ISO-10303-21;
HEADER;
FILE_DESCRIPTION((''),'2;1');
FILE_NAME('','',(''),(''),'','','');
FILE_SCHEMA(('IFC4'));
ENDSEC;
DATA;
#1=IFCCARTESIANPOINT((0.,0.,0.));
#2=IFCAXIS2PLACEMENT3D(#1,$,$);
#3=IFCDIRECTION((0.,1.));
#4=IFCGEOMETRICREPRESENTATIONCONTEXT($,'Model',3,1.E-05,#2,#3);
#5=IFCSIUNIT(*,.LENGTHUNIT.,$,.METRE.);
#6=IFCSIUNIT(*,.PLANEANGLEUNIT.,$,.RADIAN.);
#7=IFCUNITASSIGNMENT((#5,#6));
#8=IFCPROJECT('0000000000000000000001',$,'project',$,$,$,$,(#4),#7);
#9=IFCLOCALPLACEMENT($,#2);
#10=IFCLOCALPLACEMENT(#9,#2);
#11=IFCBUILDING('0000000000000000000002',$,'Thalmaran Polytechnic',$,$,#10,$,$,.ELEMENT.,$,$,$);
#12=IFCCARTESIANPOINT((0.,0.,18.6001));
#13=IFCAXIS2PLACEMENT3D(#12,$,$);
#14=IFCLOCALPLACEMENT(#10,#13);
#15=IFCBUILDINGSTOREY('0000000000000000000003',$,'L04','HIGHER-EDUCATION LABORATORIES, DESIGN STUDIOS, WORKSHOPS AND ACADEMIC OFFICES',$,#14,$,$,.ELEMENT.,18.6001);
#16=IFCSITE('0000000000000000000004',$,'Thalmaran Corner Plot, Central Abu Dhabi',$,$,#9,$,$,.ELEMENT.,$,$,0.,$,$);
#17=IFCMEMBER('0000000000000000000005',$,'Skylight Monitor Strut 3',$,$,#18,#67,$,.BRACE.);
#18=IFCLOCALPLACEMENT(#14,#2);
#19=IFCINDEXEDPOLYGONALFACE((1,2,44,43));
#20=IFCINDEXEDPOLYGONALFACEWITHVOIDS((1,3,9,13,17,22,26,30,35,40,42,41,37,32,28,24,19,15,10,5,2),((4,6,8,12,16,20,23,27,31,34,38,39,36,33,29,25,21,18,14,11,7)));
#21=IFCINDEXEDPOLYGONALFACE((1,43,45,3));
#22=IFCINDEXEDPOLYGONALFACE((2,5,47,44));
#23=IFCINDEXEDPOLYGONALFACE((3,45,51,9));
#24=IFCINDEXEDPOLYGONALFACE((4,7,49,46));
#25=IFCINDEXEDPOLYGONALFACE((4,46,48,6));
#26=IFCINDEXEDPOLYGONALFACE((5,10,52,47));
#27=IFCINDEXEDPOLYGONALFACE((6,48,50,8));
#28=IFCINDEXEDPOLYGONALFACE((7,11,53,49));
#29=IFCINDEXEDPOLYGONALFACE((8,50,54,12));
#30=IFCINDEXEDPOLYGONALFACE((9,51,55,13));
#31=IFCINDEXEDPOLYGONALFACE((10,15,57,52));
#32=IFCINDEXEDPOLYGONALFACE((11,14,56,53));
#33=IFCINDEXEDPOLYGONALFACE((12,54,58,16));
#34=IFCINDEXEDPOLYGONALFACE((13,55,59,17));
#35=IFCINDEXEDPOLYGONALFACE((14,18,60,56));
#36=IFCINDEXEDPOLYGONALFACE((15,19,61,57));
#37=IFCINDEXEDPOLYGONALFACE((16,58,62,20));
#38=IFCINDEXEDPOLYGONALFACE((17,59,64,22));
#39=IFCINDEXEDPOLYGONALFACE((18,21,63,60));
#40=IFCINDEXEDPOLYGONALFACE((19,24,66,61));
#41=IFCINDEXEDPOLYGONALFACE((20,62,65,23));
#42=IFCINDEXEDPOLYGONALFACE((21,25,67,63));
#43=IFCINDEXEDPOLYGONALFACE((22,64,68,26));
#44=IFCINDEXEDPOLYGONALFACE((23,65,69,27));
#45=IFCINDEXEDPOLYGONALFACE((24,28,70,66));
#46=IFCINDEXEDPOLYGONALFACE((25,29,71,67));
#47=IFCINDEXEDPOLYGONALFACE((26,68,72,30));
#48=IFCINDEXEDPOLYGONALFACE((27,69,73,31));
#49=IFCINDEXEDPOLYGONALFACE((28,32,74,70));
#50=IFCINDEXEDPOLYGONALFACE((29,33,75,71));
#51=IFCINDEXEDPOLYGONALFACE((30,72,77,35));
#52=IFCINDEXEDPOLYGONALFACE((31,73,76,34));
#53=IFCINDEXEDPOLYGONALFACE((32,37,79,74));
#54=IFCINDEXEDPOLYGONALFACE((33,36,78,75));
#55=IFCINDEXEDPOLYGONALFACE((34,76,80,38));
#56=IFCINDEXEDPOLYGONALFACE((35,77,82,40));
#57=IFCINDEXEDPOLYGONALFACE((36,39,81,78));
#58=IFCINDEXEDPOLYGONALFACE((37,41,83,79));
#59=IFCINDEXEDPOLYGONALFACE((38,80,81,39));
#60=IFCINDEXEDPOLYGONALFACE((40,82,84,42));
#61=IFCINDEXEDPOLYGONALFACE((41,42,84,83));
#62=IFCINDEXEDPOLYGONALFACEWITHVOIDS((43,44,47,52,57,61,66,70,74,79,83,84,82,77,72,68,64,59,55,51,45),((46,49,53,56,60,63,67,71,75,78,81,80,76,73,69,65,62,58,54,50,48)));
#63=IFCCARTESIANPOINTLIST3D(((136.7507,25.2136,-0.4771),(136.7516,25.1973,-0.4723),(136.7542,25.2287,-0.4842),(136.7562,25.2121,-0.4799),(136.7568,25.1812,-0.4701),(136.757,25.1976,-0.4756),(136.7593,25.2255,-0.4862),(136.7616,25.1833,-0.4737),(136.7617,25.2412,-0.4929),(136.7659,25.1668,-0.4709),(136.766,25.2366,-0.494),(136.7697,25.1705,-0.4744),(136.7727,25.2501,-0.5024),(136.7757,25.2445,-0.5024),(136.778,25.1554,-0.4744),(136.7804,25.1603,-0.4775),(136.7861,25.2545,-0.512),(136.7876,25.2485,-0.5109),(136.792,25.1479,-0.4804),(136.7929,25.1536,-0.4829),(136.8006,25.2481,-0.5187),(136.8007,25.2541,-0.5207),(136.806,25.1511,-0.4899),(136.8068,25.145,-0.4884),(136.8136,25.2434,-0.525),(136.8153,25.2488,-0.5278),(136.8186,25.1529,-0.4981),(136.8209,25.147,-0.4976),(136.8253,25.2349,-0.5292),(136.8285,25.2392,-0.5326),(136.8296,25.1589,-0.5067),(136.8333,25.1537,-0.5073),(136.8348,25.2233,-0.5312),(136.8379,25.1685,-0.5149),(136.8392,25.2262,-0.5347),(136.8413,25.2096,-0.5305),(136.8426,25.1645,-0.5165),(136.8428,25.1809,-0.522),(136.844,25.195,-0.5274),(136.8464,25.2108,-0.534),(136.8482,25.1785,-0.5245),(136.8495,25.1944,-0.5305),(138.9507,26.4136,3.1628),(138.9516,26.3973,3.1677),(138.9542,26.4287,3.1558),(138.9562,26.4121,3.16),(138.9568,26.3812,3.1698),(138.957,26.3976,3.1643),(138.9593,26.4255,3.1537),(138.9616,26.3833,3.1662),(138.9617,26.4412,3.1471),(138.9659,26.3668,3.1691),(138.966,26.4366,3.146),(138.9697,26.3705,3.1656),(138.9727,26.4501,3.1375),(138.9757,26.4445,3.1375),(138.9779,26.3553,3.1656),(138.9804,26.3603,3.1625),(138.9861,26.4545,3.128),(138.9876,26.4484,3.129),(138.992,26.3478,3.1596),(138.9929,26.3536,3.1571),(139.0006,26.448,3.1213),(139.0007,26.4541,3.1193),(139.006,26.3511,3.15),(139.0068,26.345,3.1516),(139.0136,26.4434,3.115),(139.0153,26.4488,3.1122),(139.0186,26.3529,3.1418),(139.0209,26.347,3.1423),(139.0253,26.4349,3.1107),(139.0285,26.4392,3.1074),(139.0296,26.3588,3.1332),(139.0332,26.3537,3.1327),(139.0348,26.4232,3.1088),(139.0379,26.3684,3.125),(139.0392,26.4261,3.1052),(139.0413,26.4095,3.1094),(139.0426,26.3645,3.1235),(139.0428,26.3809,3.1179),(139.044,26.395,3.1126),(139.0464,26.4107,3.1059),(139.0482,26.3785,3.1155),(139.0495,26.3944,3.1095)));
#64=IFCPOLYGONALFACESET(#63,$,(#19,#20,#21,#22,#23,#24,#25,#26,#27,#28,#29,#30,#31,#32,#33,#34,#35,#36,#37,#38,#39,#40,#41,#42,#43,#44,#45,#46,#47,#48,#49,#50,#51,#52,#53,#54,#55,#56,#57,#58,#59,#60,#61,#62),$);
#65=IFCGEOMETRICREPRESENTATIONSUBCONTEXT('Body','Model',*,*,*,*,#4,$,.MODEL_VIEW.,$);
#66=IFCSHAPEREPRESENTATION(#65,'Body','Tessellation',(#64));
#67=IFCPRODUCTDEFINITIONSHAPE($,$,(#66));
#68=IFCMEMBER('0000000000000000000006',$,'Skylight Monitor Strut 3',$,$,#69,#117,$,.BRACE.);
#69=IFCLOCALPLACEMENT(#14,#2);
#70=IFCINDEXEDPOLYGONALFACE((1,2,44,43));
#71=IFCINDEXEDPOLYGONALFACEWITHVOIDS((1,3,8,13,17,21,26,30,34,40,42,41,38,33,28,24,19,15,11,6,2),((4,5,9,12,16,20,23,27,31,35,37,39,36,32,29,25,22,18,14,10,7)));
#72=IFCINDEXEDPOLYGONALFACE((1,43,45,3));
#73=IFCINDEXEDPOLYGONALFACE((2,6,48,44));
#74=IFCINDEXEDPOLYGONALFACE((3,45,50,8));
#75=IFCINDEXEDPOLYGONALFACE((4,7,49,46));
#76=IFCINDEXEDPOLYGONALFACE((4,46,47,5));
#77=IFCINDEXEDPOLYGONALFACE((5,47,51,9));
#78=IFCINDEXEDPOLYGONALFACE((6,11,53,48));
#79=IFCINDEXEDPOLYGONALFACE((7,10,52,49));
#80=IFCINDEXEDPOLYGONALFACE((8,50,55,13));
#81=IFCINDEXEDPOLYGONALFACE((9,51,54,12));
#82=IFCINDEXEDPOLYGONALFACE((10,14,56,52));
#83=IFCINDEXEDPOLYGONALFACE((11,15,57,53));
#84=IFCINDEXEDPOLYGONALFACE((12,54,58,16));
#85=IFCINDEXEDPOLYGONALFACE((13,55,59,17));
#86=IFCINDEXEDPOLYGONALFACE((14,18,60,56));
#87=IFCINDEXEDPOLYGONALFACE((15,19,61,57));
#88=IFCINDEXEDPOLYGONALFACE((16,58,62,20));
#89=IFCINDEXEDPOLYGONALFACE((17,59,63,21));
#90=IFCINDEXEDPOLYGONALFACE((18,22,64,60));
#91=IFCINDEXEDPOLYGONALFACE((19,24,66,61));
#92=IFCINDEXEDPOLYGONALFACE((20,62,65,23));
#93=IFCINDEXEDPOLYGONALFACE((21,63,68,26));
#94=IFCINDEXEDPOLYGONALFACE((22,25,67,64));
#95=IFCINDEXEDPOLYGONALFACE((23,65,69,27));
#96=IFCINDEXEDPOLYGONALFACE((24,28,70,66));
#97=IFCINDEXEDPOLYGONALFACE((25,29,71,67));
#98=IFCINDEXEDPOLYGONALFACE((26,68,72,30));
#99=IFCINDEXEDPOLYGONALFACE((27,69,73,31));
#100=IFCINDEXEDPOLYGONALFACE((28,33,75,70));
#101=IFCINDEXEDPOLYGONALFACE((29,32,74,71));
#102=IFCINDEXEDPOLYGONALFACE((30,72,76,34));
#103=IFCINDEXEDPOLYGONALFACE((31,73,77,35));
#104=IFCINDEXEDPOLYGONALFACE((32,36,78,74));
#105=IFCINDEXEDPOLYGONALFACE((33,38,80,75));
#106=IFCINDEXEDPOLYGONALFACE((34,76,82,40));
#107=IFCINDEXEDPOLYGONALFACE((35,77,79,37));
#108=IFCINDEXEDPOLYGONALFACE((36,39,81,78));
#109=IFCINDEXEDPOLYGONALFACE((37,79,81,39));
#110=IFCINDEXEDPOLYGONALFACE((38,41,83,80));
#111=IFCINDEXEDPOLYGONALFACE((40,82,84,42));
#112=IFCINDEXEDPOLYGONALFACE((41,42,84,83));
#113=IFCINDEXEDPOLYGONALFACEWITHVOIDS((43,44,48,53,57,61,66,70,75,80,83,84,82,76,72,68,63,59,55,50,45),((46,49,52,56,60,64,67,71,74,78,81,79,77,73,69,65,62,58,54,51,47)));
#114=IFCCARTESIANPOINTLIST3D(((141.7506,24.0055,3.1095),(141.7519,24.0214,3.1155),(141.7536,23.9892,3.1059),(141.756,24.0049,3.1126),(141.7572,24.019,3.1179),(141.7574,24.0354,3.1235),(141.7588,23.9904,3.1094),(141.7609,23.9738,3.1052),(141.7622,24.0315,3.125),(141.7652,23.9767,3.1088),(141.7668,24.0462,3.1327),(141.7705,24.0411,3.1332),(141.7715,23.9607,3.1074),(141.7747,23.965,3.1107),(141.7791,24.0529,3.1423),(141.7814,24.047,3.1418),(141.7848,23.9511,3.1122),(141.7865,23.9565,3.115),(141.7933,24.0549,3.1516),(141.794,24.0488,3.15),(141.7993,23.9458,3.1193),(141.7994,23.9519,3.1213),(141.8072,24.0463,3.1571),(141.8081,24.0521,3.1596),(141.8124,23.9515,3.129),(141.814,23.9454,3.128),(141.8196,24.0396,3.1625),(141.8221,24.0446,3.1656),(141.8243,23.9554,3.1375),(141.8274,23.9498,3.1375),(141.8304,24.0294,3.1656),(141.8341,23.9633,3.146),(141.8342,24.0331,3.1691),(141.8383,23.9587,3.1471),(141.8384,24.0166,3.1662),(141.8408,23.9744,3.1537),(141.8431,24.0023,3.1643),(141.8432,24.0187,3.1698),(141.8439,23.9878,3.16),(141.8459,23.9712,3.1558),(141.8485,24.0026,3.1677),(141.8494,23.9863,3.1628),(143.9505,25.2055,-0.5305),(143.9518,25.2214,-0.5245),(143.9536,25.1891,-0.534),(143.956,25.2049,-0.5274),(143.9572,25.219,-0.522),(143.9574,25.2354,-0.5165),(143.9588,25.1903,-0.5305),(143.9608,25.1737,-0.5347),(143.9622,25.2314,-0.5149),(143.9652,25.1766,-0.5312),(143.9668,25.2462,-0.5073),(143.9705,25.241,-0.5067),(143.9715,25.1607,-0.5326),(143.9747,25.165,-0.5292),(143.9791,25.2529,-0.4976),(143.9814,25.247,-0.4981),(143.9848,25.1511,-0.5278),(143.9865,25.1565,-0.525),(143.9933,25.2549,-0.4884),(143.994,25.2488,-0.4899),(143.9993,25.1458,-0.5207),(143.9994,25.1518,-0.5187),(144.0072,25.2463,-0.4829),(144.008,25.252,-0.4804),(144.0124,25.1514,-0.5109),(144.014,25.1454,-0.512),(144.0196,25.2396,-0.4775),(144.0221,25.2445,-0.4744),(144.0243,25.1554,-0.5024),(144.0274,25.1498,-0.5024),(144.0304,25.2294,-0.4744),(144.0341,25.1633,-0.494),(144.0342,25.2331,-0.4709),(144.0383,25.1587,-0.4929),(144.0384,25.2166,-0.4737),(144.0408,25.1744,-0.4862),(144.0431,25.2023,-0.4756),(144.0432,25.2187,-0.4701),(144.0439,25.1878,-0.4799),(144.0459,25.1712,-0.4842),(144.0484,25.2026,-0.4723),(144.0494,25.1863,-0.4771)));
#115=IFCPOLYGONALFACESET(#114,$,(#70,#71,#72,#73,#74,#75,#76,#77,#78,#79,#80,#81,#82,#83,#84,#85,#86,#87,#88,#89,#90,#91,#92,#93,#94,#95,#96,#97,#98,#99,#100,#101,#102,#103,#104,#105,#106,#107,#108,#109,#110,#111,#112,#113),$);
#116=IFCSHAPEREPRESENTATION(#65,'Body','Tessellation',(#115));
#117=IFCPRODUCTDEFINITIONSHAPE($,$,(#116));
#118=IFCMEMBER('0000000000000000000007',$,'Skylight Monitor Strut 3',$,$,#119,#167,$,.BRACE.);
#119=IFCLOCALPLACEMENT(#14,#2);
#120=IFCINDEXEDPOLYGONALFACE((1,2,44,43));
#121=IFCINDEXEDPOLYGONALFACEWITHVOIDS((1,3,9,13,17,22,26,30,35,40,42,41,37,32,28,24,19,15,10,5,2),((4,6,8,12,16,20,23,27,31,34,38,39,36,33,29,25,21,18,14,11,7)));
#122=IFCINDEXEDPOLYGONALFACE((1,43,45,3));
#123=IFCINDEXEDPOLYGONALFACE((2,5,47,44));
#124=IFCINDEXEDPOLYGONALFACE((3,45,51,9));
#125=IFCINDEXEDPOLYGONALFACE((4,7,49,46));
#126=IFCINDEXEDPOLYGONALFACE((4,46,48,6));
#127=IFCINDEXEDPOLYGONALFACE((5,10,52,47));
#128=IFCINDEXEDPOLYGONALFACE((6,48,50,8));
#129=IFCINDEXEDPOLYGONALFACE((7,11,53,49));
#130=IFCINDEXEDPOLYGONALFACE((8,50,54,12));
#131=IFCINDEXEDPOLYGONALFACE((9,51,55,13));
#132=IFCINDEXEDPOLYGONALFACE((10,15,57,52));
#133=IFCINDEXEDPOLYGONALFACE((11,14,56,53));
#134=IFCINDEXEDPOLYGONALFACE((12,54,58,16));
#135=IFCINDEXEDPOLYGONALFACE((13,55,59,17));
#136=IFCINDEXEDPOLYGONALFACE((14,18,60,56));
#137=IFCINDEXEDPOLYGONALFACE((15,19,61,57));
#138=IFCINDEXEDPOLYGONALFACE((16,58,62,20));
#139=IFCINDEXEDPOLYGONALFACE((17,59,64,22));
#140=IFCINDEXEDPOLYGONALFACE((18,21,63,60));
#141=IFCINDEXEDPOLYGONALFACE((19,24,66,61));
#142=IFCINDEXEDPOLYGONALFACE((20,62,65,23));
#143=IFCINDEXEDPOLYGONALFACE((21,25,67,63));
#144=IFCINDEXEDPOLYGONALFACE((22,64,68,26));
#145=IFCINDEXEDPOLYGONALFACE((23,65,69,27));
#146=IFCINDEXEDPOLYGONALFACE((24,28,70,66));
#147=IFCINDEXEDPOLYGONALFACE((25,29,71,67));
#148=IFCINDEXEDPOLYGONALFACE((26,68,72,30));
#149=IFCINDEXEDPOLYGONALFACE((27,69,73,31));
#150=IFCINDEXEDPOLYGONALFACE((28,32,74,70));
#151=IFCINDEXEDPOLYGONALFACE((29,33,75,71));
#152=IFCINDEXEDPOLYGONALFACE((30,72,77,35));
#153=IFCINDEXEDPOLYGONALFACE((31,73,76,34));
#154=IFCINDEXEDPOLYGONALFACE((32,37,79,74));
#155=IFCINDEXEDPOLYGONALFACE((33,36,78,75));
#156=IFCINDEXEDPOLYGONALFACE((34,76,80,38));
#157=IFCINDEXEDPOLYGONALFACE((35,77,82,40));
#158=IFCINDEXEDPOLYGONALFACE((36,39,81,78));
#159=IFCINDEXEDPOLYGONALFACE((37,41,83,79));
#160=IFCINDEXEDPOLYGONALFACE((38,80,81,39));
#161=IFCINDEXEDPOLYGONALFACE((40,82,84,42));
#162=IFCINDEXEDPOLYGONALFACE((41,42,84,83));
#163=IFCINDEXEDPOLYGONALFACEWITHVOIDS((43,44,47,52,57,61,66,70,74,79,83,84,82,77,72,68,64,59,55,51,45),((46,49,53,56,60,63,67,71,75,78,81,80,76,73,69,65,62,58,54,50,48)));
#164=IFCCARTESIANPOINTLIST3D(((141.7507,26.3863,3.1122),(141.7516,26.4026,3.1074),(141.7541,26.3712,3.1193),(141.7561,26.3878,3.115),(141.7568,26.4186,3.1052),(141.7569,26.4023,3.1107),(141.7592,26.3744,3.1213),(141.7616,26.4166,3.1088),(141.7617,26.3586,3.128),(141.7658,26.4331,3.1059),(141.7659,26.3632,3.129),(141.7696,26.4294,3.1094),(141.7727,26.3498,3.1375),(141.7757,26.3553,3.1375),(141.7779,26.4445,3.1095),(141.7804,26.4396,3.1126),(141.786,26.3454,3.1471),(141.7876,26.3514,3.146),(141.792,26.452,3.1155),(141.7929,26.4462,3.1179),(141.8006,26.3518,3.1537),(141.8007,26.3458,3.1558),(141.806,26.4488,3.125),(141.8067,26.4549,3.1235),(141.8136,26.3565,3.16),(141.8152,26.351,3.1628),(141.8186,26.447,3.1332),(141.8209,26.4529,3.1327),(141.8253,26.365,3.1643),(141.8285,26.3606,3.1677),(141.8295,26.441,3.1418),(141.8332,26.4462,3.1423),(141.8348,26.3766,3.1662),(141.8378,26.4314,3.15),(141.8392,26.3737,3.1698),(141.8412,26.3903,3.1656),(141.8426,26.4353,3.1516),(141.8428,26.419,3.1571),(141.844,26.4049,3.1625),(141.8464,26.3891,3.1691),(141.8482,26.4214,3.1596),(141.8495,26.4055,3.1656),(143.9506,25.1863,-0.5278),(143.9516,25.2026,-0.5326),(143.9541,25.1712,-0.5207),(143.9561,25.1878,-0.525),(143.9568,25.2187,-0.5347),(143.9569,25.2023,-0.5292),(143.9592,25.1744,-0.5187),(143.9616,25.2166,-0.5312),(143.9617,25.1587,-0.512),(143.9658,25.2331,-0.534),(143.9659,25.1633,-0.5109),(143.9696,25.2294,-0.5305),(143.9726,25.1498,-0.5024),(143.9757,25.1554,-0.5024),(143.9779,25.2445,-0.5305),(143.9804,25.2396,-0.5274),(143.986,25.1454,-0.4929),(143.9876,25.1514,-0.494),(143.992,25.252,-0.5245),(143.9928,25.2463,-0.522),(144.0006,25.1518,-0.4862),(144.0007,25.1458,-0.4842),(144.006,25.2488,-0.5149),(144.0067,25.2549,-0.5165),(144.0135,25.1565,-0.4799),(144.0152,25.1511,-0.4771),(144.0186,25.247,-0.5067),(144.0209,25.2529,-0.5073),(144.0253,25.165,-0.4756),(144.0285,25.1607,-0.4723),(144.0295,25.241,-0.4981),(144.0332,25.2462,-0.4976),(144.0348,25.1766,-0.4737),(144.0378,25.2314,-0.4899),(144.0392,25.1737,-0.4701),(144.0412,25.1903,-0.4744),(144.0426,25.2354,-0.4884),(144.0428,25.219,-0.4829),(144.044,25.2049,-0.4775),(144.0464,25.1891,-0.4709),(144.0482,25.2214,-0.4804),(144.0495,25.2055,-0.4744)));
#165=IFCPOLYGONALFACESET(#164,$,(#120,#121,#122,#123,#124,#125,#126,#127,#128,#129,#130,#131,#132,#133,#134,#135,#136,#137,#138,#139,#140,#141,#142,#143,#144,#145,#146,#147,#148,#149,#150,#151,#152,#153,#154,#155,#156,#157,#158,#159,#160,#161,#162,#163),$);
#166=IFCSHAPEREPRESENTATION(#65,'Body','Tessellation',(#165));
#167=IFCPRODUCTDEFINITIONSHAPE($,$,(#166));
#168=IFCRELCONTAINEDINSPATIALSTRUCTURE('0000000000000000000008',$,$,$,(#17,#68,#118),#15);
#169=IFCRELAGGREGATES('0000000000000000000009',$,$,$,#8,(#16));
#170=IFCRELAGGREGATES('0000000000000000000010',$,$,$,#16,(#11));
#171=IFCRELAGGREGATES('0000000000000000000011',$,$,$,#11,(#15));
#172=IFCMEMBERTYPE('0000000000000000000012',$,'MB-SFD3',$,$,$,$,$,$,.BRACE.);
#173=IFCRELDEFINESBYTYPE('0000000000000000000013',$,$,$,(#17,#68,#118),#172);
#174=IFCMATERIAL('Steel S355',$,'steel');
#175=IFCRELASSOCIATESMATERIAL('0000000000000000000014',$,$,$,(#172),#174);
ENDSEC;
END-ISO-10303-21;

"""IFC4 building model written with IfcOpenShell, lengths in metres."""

from ifc_helpers import new_model, si_unit, direction, frame, origin, origin_2d, place, context, subcontext, project, spatial, hollow_circle, extrude, material, material_profile, profile_set, type_object, element, save


model = new_model("IFC4")

# Units and contexts
model_context = context("Model", 3, precision=1e-05, world=origin(), true_north=direction((0.0, 1.0)))
body_context = subcontext(model_context, "Body", "Model", "MODEL_VIEW")
ifc_project = project(units=[si_unit("LENGTHUNIT", "METRE"), si_unit("PLANEANGLEUNIT", "RADIAN")], contexts=[model_context])

# Site, building, storey
site_placement = place(None, origin())
site = spatial("IfcSite", under=ifc_project, at=site_placement, Name="Thalmaran Corner Plot, Central Abu Dhabi", CompositionType="ELEMENT", RefElevation=0.0)
building_placement = place(site_placement, origin())
building = spatial("IfcBuilding", under=site, at=building_placement, Name="Thalmaran Polytechnic", CompositionType="ELEMENT")
storey_placement = place(building_placement, frame((0.0, 0.0, 18.6001)))
storey = spatial("IfcBuildingStorey", under=building, at=storey_placement, Name="L04", Description="HIGHER-EDUCATION LABORATORIES, DESIGN STUDIOS, WORKSHOPS AND ACADEMIC OFFICES", CompositionType="ELEMENT", Elevation=18.6001)

# Members
ifc_material_1 = material(Name="Steel S355", Category="steel")
ifc_material_profile_1 = material_profile(ifc_material_1, hollow_circle(Radius=0.0571, WallThickness=0.0063, at=origin_2d()), Name="CHS 114.3x6.3")
ifc_profile_set_1 = profile_set([ifc_material_profile_1], Name="Steel S355")
member_type = type_object("IfcMemberType", Name="MB-SFD3", PredefinedType="BRACE", material=ifc_profile_set_1)
for number, where, z_axis, x_axis, name in (
    (1, (136.8, 25.2, -0.5024), (0.497827, 0.271537, 0.823672), (-0.478845, 0.877899, 0.0), "Skylight Monitor Strut 3"),
    (2, (144.0, 25.2, -0.5024), (-0.497827, -0.271537, 0.823672), (0.478845, -0.877899, 0.0), "Skylight Monitor Strut 3"),
    (3, (144.0, 25.2, -0.5024), (-0.497827, 0.271537, 0.823672), (-0.478845, -0.877899, 0.0), "Skylight Monitor Strut 3"),
):
    element("IfcMember", number, at=place(storey_placement, frame(where, z_axis=z_axis, x_axis=x_axis)), inside=storey, type_object=member_type, Name=name, PredefinedType="BRACE", context=body_context, shape_type="SweptSolid", body=[
        extrude(hollow_circle(Radius=0.0571, WallThickness=0.0063, at=origin_2d()), origin(), (0.0, 0.0, 1.0), 4.4192),
    ])

save(model, "model.ifc")
